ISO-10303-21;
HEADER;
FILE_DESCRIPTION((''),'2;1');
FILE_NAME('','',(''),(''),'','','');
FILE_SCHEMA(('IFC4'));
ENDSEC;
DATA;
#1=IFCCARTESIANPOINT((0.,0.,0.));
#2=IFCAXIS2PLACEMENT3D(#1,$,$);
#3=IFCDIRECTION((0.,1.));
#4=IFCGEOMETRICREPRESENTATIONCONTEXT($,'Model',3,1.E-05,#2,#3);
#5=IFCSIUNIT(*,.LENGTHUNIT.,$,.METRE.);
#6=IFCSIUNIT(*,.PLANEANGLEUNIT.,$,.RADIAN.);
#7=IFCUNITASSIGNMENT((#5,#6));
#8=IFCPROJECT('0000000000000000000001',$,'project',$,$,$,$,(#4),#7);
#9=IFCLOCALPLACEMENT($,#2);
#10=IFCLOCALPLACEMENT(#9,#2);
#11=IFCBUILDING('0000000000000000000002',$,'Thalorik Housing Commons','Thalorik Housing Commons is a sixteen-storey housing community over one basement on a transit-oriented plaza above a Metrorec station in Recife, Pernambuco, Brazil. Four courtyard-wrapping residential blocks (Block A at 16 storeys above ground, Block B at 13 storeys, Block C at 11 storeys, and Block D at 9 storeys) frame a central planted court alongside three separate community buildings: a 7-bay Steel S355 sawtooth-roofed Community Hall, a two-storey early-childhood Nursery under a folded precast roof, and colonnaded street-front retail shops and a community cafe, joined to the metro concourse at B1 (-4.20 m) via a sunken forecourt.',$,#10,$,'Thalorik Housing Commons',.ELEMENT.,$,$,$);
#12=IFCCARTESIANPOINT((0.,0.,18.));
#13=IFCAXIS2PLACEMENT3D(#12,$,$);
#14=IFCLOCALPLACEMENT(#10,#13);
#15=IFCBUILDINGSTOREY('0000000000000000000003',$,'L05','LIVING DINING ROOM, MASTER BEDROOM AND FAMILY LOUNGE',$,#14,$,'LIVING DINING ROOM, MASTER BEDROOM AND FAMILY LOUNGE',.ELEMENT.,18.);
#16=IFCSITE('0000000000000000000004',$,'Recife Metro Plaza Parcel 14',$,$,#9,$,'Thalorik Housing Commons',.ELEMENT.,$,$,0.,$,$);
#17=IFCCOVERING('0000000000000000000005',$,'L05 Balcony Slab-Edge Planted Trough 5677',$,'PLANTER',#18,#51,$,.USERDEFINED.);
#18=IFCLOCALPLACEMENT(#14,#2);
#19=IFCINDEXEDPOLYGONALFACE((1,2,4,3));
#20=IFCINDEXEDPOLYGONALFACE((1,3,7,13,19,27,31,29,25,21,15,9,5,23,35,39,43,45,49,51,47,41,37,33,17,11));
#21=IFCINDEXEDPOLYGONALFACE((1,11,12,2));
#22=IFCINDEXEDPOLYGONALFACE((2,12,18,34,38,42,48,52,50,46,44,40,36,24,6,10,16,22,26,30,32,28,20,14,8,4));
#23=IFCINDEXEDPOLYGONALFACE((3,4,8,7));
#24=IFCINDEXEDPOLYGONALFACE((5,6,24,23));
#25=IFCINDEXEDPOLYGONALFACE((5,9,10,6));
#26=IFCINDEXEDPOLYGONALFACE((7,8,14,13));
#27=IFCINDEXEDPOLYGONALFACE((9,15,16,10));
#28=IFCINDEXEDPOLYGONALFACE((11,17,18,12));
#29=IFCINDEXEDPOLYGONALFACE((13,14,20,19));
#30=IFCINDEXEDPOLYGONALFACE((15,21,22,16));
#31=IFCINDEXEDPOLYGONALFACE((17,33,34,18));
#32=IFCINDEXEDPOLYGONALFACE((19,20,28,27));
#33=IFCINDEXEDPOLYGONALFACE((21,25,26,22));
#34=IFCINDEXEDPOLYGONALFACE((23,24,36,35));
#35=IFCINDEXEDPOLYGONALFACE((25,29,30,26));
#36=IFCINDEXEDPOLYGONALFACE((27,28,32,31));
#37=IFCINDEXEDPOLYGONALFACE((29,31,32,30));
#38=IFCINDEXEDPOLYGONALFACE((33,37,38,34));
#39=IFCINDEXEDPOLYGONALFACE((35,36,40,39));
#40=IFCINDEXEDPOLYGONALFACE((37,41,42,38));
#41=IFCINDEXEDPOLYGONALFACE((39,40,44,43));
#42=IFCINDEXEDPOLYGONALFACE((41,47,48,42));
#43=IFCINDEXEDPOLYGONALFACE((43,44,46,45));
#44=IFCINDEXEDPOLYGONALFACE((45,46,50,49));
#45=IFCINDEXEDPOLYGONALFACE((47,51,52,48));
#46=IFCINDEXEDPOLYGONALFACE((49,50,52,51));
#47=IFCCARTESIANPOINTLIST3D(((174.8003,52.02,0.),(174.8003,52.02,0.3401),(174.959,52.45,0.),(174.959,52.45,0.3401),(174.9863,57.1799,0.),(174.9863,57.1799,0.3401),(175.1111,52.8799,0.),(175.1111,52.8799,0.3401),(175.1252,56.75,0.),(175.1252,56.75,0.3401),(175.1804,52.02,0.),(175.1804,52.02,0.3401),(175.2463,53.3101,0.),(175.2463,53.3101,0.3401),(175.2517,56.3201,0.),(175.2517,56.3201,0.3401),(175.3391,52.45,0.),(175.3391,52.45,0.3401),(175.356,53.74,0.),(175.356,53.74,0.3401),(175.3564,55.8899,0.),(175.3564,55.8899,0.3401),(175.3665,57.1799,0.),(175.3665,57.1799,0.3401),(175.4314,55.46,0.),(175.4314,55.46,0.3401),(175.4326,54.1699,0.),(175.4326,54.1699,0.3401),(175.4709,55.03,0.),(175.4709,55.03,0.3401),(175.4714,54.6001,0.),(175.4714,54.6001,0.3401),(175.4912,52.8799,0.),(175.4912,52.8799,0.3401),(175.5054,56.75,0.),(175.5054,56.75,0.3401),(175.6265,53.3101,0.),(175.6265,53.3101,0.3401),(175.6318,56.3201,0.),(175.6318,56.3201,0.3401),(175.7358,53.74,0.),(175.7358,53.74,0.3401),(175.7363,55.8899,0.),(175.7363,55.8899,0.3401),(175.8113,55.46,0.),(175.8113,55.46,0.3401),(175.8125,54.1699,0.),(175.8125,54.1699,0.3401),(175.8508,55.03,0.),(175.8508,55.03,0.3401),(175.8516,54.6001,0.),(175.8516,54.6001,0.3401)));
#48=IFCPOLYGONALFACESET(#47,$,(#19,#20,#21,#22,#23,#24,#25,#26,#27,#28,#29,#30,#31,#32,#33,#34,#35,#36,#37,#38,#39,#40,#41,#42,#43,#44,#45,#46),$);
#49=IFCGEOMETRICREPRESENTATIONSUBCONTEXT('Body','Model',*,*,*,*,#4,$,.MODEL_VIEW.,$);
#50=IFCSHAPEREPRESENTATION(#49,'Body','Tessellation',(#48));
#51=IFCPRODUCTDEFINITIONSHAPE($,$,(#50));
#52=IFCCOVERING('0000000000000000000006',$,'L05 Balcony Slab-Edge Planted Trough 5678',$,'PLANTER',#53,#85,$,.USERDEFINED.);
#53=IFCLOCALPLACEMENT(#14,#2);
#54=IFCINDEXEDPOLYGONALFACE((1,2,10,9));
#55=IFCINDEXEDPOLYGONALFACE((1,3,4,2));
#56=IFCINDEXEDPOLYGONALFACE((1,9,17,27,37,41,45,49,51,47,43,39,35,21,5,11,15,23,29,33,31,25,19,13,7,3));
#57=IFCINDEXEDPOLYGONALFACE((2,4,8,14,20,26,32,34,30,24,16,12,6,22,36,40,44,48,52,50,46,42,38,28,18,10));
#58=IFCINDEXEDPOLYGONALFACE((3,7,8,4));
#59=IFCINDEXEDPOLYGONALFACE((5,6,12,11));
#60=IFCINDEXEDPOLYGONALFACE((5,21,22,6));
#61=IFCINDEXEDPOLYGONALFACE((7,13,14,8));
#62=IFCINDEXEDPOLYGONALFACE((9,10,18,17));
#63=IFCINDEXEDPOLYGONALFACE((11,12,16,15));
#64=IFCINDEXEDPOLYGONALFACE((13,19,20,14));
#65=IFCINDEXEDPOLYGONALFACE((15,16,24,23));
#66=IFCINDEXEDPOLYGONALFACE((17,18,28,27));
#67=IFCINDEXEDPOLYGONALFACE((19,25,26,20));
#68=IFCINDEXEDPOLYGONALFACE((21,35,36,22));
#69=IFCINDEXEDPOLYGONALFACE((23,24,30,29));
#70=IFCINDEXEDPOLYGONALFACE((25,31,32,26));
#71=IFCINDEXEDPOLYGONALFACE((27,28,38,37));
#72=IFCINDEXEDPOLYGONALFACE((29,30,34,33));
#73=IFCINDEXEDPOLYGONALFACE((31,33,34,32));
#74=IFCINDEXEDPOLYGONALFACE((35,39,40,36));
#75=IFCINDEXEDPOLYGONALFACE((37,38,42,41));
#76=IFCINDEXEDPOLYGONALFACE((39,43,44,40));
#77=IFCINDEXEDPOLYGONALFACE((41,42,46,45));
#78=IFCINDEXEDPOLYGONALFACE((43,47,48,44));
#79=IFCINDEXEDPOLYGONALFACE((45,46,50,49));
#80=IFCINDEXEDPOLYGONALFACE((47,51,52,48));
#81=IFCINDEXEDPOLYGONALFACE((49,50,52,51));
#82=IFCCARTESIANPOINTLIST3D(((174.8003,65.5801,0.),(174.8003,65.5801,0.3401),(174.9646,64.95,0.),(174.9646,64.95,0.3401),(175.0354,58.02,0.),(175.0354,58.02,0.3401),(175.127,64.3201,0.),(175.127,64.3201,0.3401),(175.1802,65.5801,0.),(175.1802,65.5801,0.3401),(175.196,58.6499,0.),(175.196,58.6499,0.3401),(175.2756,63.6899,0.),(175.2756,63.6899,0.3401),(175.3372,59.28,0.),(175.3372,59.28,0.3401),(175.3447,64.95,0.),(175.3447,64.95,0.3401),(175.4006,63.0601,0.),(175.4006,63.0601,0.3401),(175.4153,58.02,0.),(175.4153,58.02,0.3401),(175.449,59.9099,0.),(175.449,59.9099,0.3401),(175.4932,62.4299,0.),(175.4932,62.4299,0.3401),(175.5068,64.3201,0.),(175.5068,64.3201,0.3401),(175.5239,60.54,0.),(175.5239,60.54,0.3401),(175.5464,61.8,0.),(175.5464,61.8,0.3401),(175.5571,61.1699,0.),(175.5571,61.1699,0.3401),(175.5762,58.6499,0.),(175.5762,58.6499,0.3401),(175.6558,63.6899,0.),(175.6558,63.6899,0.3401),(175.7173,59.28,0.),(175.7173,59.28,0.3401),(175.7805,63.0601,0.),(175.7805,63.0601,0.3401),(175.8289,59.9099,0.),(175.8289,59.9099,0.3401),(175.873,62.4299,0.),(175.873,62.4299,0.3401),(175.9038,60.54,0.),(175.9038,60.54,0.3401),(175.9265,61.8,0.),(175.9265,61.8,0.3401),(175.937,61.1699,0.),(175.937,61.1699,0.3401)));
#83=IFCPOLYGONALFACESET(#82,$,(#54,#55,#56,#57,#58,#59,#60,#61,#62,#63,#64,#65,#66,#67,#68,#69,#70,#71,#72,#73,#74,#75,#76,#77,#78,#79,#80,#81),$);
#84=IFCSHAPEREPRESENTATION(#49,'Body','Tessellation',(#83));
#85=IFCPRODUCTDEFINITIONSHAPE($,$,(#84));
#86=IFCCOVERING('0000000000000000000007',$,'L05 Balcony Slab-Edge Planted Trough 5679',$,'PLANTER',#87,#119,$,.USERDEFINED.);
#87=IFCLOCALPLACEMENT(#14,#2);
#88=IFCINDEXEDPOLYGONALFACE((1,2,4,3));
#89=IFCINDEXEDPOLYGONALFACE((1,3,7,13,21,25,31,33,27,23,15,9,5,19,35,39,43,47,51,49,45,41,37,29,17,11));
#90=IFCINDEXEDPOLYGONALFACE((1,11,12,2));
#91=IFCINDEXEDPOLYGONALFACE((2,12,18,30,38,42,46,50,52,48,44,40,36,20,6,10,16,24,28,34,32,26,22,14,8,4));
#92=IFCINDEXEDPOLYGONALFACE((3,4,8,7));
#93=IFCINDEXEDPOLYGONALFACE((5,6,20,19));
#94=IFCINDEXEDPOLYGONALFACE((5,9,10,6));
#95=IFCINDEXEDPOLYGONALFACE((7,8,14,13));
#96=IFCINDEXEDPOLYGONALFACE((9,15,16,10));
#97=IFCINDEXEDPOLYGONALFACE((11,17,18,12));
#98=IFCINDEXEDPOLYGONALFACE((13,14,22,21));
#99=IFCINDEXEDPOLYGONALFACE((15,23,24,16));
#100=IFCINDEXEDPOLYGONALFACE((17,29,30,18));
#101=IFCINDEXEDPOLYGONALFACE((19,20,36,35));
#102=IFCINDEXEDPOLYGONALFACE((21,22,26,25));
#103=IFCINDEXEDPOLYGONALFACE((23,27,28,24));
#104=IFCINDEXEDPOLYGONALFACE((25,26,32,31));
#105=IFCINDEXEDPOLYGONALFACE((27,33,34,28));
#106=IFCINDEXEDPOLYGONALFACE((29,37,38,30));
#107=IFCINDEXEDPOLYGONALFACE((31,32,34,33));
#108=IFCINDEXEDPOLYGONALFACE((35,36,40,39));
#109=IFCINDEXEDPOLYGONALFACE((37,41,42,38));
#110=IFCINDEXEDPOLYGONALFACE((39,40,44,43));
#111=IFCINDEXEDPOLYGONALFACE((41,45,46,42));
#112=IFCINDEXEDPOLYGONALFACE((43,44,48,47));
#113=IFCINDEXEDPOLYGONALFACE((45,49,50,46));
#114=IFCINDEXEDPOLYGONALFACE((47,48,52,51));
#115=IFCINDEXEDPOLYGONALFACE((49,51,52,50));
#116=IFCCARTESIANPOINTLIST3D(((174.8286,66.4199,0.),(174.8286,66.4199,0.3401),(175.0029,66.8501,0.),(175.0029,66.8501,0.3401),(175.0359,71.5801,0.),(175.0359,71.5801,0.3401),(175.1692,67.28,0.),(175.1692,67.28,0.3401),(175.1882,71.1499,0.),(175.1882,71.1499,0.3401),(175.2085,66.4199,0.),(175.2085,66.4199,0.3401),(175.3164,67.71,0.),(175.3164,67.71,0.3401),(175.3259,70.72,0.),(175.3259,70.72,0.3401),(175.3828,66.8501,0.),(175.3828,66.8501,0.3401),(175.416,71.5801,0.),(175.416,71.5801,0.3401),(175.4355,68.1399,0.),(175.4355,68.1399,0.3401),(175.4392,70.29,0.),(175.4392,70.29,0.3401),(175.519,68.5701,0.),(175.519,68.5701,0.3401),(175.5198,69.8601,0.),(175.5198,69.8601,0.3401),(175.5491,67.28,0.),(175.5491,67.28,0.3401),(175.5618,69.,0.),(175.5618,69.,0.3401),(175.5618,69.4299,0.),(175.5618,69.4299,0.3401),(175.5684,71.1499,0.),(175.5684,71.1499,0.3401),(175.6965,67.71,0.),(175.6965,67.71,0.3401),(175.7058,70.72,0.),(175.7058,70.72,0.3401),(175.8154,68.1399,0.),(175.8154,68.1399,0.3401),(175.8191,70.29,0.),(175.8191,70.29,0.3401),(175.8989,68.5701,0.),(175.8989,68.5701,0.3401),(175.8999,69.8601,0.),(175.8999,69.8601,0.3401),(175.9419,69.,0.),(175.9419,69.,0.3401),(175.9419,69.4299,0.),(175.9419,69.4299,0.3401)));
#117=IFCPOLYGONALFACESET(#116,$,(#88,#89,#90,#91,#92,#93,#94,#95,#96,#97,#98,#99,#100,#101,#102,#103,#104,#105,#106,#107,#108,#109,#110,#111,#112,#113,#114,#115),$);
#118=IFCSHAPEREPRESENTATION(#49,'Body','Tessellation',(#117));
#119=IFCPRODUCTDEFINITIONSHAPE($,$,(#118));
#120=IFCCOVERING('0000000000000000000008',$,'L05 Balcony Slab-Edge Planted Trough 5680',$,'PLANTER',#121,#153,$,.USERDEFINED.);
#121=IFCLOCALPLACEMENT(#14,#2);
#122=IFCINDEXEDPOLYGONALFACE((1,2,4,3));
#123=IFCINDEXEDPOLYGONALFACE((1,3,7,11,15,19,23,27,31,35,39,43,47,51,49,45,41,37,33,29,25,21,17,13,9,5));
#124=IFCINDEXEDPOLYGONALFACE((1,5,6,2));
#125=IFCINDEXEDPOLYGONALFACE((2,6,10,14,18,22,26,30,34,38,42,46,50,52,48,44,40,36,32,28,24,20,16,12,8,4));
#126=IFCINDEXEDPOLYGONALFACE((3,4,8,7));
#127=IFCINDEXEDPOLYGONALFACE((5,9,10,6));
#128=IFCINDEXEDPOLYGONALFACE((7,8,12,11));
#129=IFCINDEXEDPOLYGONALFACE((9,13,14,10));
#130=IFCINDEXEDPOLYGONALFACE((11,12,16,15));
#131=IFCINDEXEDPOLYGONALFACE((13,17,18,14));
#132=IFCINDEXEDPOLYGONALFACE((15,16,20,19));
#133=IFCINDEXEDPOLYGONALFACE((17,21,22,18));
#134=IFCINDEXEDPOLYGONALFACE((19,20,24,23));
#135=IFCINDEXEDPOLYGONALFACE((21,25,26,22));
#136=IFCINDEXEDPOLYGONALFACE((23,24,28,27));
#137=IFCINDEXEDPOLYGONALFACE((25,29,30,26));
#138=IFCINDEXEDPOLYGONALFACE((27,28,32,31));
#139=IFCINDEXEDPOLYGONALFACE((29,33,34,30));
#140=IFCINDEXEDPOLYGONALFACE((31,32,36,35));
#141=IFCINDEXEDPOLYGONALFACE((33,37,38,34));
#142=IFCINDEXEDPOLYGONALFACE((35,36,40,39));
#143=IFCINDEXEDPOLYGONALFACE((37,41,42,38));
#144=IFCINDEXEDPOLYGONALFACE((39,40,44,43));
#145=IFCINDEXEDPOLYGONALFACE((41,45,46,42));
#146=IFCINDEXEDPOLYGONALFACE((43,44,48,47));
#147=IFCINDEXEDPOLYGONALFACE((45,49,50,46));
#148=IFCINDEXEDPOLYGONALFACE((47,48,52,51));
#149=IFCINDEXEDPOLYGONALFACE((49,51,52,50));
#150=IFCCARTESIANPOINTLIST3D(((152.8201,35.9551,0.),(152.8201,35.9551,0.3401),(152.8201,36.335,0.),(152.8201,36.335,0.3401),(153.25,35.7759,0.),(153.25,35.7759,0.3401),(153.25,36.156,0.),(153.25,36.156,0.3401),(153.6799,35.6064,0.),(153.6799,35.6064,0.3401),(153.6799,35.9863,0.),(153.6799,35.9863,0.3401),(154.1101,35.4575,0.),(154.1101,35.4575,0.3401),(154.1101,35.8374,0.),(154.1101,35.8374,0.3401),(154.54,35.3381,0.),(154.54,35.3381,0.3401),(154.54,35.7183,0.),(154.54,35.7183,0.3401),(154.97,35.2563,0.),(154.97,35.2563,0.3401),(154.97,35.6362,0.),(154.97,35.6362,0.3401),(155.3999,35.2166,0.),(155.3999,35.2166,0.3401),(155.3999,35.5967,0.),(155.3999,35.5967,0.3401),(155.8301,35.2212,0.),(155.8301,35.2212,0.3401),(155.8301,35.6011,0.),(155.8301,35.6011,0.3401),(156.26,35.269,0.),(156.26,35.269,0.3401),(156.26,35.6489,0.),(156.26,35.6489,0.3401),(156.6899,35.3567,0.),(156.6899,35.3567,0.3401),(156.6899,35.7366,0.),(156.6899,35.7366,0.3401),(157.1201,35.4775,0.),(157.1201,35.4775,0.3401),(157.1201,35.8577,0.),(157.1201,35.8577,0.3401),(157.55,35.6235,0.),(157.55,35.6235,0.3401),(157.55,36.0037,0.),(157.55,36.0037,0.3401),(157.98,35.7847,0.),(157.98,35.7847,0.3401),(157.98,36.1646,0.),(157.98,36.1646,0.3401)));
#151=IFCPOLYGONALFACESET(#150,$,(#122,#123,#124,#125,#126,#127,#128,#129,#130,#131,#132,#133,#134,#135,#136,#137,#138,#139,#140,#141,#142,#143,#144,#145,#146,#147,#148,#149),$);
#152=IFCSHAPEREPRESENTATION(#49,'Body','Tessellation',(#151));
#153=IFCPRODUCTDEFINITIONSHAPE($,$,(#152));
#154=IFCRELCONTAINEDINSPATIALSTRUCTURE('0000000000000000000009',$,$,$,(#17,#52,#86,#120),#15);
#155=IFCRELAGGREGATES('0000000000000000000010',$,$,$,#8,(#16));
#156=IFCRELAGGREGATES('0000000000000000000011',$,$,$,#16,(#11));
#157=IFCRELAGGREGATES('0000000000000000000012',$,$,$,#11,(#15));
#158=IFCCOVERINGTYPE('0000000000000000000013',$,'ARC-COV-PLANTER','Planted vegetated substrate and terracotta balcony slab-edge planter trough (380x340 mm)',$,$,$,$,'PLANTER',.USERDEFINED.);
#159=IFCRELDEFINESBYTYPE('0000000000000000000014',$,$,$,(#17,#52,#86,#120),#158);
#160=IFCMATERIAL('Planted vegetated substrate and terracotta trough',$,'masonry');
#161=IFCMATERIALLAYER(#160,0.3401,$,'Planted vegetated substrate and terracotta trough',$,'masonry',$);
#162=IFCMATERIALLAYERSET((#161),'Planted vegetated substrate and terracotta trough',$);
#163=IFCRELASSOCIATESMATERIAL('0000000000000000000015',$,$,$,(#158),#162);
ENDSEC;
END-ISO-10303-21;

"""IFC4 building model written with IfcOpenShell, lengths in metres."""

from ifc_helpers import new_model, si_unit, direction, frame, origin, place, context, subcontext, project, spatial, polyline, outline, extrude, material, layer, layer_set, type_object, element, save


model = new_model("IFC4")

# Units and contexts
model_context = context("Model", 3, precision=1e-05, world=origin(), true_north=direction((0.0, 1.0)))
body_context = subcontext(model_context, "Body", "Model", "MODEL_VIEW")
ifc_project = project(units=[si_unit("LENGTHUNIT", "METRE"), si_unit("PLANEANGLEUNIT", "RADIAN")], contexts=[model_context])

# Site, building, storey
site_placement = place(None, origin())
site = spatial("IfcSite", under=ifc_project, at=site_placement, Name="Recife Metro Plaza Parcel 14", LongName="Thalorik Housing Commons", CompositionType="ELEMENT", RefElevation=0.0)
building_placement = place(site_placement, origin())
building = spatial("IfcBuilding", under=site, at=building_placement, Name="Thalorik Housing Commons", Description="Thalorik Housing Commons is a sixteen-storey housing community over one basement on a transit-oriented plaza above a Metrorec station in Recife, Pernambuco, Brazil. Four courtyard-wrapping residential blocks (Block A at 16 storeys above ground, Block B at 13 storeys, Block C at 11 storeys, and Block D at 9 storeys) frame a central planted court alongside three separate community buildings: a 7-bay Steel S355 sawtooth-roofed Community Hall, a two-storey early-childhood Nursery under a folded precast roof, and colonnaded street-front retail shops and a community cafe, joined to the metro concourse at B1 (-4.20 m) via a sunken forecourt.", LongName="Thalorik Housing Commons", CompositionType="ELEMENT")
storey_placement = place(building_placement, frame((0.0, 0.0, 18.0)))
storey = spatial("IfcBuildingStorey", under=building, at=storey_placement, Name="L05", Description="LIVING DINING ROOM, MASTER BEDROOM AND FAMILY LOUNGE", LongName="LIVING DINING ROOM, MASTER BEDROOM AND FAMILY LOUNGE", CompositionType="ELEMENT", Elevation=18.0)

# Coverings
ifc_material_1 = material(Name="Planted vegetated substrate and terracotta trough", Category="masonry")
ifc_layer_1 = layer(ifc_material_1, 0.3401, Name="Planted vegetated substrate and terracotta trough", Category="masonry")
ifc_layer_set_1 = layer_set([ifc_layer_1], Name="Planted vegetated substrate and terracotta trough")
covering_type = type_object("IfcCoveringType", Name="ARC-COV-PLANTER", Description="Planted vegetated substrate and terracotta balcony slab-edge planter trough (380x340 mm)", ElementType="PLANTER", PredefinedType="USERDEFINED", material=ifc_layer_set_1)
covering_1_placement = place(storey_placement, origin())
element("IfcCovering", 1, at=covering_1_placement, inside=storey, type_object=covering_type, Name="L05 Balcony Slab-Edge Planted Trough 5677", ObjectType="PLANTER", PredefinedType="USERDEFINED", context=body_context, shape_type="SweptSolid", body=[
    extrude(outline(polyline([(175.1804, 52.02), (175.3391, 52.45), (175.4912, 52.8799), (175.6265, 53.3101), (175.7358, 53.74), (175.8125, 54.1699), (175.8516, 54.6001), (175.8508, 55.03), (175.8113, 55.46), (175.7363, 55.8899), (175.6318, 56.3201), (175.5054, 56.75), (175.3665, 57.1799), (174.9863, 57.1799), (175.1252, 56.75), (175.2517, 56.3201), (175.3564, 55.8899), (175.4314, 55.46), (175.4709, 55.03), (175.4714, 54.6001), (175.4326, 54.1699), (175.356, 53.74), (175.2463, 53.3101), (175.1111, 52.8799), (174.959, 52.45), (174.8003, 52.02), (175.1804, 52.02)])), origin(), (0.0, 0.0, 1.0), 0.3401),
])
covering_2_placement = place(storey_placement, origin())
element("IfcCovering", 2, at=covering_2_placement, inside=storey, type_object=covering_type, Name="L05 Balcony Slab-Edge Planted Trough 5678", ObjectType="PLANTER", PredefinedType="USERDEFINED", context=body_context, shape_type="SweptSolid", body=[
    extrude(outline(polyline([(175.4153, 58.02), (175.5762, 58.6499), (175.7173, 59.28), (175.8289, 59.9099), (175.9038, 60.54), (175.937, 61.1699), (175.9265, 61.8), (175.873, 62.4299), (175.7805, 63.0601), (175.6558, 63.6899), (175.5068, 64.3201), (175.3447, 64.95), (175.1802, 65.5801), (174.8003, 65.5801), (174.9646, 64.95), (175.127, 64.3201), (175.2756, 63.6899), (175.4006, 63.0601), (175.4932, 62.4299), (175.5464, 61.8), (175.5571, 61.1699), (175.5239, 60.54), (175.449, 59.9099), (175.3372, 59.28), (175.196, 58.6499), (175.0354, 58.02), (175.4153, 58.02)])), origin(), (0.0, 0.0, 1.0), 0.3401),
])
covering_3_placement = place(storey_placement, origin())
element("IfcCovering", 3, at=covering_3_placement, inside=storey, type_object=covering_type, Name="L05 Balcony Slab-Edge Planted Trough 5679", ObjectType="PLANTER", PredefinedType="USERDEFINED", context=body_context, shape_type="SweptSolid", body=[
    extrude(outline(polyline([(175.2085, 66.4199), (175.3828, 66.8501), (175.5491, 67.28), (175.6965, 67.71), (175.8154, 68.1399), (175.8989, 68.5701), (175.9419, 69.0), (175.9419, 69.4299), (175.8999, 69.8601), (175.8191, 70.29), (175.7058, 70.72), (175.5684, 71.1499), (175.416, 71.5801), (175.0359, 71.5801), (175.1882, 71.1499), (175.3259, 70.72), (175.4392, 70.29), (175.5198, 69.8601), (175.5618, 69.4299), (175.5618, 69.0), (175.519, 68.5701), (175.4355, 68.1399), (175.3164, 67.71), (175.1692, 67.28), (175.0029, 66.8501), (174.8286, 66.4199), (175.2085, 66.4199)])), origin(), (0.0, 0.0, 1.0), 0.3401),
])
covering_4_placement = place(storey_placement, origin())
element("IfcCovering", 4, at=covering_4_placement, inside=storey, type_object=covering_type, Name="L05 Balcony Slab-Edge Planted Trough 5680", ObjectType="PLANTER", PredefinedType="USERDEFINED", context=body_context, shape_type="SweptSolid", body=[
    extrude(outline(polyline([(152.8201, 35.9551), (153.25, 35.7759), (153.6799, 35.6064), (154.1101, 35.4575), (154.54, 35.3381), (154.97, 35.2563), (155.3999, 35.2166), (155.8301, 35.2212), (156.26, 35.269), (156.6899, 35.3567), (157.1201, 35.4775), (157.55, 35.6235), (157.98, 35.7847), (157.98, 36.1646), (157.55, 36.0037), (157.1201, 35.8577), (156.6899, 35.7366), (156.26, 35.6489), (155.8301, 35.6011), (155.3999, 35.5967), (154.97, 35.6362), (154.54, 35.7183), (154.1101, 35.8374), (153.6799, 35.9863), (153.25, 36.156), (152.8201, 36.335), (152.8201, 35.9551)])), origin(), (0.0, 0.0, 1.0), 0.3401),
])

save(model, "model.ifc")
